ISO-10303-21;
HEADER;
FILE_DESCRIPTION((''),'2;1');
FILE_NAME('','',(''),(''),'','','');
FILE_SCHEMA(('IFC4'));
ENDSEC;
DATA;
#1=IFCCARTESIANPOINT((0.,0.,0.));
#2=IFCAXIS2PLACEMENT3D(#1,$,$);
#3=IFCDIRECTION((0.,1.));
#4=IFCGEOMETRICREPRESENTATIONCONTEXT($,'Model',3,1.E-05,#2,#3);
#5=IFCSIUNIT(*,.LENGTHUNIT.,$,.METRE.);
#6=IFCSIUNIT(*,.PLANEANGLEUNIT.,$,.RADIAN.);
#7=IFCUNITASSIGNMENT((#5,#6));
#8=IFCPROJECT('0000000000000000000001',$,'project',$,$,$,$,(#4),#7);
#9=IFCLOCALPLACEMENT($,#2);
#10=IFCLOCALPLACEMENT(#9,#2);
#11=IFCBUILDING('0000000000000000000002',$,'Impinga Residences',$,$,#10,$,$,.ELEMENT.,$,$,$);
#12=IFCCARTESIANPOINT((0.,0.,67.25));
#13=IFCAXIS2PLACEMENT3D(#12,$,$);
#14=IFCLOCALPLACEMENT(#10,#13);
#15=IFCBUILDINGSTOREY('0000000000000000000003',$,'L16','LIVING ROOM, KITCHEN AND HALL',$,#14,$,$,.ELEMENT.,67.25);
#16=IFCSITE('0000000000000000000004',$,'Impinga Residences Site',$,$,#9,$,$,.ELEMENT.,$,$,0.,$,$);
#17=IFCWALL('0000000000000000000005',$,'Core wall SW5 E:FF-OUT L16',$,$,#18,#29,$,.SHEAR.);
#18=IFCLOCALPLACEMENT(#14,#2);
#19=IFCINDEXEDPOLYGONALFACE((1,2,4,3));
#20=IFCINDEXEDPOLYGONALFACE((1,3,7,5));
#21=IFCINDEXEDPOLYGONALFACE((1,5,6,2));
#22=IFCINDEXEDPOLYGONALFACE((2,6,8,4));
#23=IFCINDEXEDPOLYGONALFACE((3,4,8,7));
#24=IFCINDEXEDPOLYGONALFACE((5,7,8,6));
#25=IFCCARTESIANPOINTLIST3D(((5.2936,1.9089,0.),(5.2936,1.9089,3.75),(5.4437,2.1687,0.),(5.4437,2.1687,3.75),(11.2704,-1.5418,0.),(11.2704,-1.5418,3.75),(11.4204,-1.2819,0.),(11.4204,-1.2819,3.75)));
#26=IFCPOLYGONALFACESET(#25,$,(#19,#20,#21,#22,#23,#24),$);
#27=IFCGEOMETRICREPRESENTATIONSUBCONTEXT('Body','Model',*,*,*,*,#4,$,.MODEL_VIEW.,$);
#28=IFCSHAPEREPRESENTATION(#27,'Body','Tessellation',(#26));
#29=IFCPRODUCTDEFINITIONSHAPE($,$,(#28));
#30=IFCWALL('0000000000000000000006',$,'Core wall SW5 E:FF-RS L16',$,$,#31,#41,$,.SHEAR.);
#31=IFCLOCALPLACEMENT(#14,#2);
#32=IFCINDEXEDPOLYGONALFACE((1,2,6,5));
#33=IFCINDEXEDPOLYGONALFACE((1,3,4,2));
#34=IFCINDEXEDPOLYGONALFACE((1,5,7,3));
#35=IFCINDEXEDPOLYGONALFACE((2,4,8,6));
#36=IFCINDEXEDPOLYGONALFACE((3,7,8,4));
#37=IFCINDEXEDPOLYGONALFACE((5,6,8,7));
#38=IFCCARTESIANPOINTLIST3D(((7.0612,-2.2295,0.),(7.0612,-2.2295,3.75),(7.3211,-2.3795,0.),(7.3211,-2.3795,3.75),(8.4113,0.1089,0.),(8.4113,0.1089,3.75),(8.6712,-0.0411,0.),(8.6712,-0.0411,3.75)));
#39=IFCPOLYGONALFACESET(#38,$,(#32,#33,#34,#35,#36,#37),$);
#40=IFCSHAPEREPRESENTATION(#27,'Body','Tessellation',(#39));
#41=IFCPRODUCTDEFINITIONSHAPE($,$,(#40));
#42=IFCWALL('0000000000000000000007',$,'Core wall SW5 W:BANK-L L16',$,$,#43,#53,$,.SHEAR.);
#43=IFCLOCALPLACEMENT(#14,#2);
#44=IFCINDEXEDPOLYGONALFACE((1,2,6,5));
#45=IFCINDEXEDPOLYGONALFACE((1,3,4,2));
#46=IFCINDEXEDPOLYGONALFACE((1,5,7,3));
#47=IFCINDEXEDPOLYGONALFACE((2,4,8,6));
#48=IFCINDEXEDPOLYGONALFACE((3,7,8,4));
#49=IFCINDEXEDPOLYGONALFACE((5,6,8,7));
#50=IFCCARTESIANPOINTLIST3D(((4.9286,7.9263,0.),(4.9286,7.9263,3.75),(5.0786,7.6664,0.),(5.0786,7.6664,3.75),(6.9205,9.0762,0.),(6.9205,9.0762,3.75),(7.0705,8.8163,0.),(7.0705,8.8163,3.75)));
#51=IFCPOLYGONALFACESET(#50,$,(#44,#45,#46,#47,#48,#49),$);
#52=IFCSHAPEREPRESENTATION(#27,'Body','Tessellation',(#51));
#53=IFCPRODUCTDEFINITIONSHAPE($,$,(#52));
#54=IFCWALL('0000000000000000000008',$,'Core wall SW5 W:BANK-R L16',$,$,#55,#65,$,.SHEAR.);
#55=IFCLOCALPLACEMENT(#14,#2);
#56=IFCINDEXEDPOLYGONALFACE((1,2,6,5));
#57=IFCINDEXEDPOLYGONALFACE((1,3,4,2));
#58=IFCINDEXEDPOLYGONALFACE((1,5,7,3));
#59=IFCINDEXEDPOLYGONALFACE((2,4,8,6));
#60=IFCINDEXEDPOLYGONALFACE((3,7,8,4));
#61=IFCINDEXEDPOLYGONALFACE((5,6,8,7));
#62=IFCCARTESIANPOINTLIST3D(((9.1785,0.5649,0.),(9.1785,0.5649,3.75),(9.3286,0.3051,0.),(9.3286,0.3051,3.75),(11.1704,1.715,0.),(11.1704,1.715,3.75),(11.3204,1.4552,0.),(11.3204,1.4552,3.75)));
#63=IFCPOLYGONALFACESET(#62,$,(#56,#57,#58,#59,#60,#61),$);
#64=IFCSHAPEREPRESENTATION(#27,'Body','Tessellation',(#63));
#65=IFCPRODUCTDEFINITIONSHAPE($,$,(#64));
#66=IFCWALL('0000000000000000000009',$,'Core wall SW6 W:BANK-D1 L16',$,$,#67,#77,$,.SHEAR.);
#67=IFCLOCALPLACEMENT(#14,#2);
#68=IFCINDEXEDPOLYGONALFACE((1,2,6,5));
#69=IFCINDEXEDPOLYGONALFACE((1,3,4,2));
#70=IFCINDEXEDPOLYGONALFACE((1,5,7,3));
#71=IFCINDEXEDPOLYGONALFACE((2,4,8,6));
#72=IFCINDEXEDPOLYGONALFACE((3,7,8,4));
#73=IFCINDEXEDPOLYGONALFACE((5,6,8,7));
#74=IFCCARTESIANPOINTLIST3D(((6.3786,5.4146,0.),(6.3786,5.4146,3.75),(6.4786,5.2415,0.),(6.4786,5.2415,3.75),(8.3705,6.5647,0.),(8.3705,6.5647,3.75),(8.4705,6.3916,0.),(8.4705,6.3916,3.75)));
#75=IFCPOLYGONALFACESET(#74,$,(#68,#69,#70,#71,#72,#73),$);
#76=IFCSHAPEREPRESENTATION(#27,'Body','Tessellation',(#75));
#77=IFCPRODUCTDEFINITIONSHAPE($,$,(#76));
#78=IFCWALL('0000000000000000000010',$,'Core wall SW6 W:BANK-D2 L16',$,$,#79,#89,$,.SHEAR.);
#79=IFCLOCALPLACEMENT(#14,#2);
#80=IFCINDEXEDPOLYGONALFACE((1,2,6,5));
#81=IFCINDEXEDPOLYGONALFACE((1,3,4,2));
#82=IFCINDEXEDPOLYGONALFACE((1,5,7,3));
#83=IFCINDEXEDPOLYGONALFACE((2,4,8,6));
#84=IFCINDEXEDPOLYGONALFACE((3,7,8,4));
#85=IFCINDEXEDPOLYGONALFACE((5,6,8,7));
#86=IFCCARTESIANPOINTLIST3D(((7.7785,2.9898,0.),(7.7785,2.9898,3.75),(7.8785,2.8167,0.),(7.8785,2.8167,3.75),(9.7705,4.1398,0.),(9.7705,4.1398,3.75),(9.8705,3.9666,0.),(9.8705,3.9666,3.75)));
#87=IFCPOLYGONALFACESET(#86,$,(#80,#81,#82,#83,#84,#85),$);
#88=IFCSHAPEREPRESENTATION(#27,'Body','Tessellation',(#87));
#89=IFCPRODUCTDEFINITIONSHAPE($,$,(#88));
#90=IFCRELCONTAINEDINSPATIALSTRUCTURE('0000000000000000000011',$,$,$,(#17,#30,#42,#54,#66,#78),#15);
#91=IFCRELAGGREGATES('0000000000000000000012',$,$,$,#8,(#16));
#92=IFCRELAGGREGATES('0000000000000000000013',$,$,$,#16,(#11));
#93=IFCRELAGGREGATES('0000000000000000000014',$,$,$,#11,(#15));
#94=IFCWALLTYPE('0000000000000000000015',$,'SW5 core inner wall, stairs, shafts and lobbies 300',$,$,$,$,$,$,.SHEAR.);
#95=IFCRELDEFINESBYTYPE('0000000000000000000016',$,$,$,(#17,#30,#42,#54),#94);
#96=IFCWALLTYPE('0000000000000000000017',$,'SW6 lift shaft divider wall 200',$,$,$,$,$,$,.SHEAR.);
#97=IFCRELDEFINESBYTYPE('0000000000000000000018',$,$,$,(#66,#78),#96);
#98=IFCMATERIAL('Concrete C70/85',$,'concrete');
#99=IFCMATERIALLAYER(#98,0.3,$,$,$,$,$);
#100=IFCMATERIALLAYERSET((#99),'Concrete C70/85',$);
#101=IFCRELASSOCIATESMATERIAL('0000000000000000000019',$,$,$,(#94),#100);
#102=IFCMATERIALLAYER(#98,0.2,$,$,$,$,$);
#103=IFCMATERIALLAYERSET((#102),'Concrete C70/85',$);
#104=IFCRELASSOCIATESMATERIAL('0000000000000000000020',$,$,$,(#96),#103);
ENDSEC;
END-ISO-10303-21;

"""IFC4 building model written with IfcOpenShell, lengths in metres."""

from ifc_helpers import new_model, si_unit, direction, frame, frame_2d, origin, place, context, subcontext, project, spatial, rectangle, extrude, material, layer, layer_set, type_object, element, save


model = new_model("IFC4")

# Units and contexts
model_context = context("Model", 3, precision=1e-05, world=origin(), true_north=direction((0.0, 1.0)))
body_context = subcontext(model_context, "Body", "Model", "MODEL_VIEW")
ifc_project = project(units=[si_unit("LENGTHUNIT", "METRE"), si_unit("PLANEANGLEUNIT", "RADIAN")], contexts=[model_context])

# Site, building, storey
site_placement = place(None, origin())
site = spatial("IfcSite", under=ifc_project, at=site_placement, Name="Impinga Residences Site", CompositionType="ELEMENT", RefElevation=0.0)
building_placement = place(site_placement, origin())
building = spatial("IfcBuilding", under=site, at=building_placement, Name="Impinga Residences", CompositionType="ELEMENT")
storey_placement = place(building_placement, frame((0.0, 0.0, 67.25)))
storey = spatial("IfcBuildingStorey", under=building, at=storey_placement, Name="L16", Description="LIVING ROOM, KITCHEN AND HALL", CompositionType="ELEMENT", Elevation=67.25)

# Shared definitions
ifc_material_1 = material(Name="Concrete C70/85", Category="concrete")

# Shared definitions
ifc_layer_1 = layer(ifc_material_1, 0.3)
ifc_layer_set_1 = layer_set([ifc_layer_1], Name="Concrete C70/85")
wall_type_1 = type_object("IfcWallType", Name="SW5 core inner wall, stairs, shafts and lobbies 300", PredefinedType="SHEAR", material=ifc_layer_set_1)

# Walls
wall_1_placement = place(storey_placement, frame((5.3687, 2.0388, 0.0), z_axis=(0.0, 0.0, 1.0), x_axis=(0.866027, -0.499997, 0.0)))
element("IfcWall", 1, at=wall_1_placement, inside=storey, type_object=wall_type_1, Name="Core wall SW5 E:FF-OUT L16", PredefinedType="SHEAR", context=body_context, shape_type="SweptSolid", body=[
    extrude(rectangle(XDim=6.9014, YDim=0.3, at=frame_2d((3.4507, 0.0))), origin(), (0.0, 0.0, 1.0), 3.75),
])
wall_2_placement = place(storey_placement, frame((8.5413, 0.0339, 0.0), z_axis=(0.0, 0.0, 1.0), x_axis=(-0.500009, -0.86602, 0.0)))
element("IfcWall", 2, at=wall_2_placement, inside=storey, type_object=wall_type_1, Name="Core wall SW5 E:FF-RS L16", PredefinedType="SHEAR", context=body_context, shape_type="SweptSolid", body=[
    extrude(rectangle(XDim=2.7002, YDim=0.3, at=frame_2d((1.3501, 0.0))), origin(), (0.0, 0.0, 1.0), 3.75),
])
for number, where, z_axis, x_axis, name in (
    (3, (5.0037, 7.7964, 0.0), (0.0, 0.0, 1.0), (0.866053, 0.499952, 0.0), "Core wall SW5 W:BANK-L L16"),
    (4, (9.2537, 0.4351, 0.0), (0.0, 0.0, 1.0), (0.866007, 0.500032, 0.0), "Core wall SW5 W:BANK-R L16"),
):
    element("IfcWall", number, at=place(storey_placement, frame(where, z_axis=z_axis, x_axis=x_axis)), inside=storey, type_object=wall_type_1, Name=name, PredefinedType="SHEAR", context=body_context, shape_type="SweptSolid", body=[
        extrude(rectangle(XDim=2.3, YDim=0.3, at=frame_2d((1.1499, 0.0))), origin(), (0.0, 0.0, 1.0), 3.75),
    ])
ifc_layer_2 = layer(ifc_material_1, 0.2)
ifc_layer_set_2 = layer_set([ifc_layer_2], Name="Concrete C70/85")
wall_type_2 = type_object("IfcWallType", Name="SW6 lift shaft divider wall 200", PredefinedType="SHEAR", material=ifc_layer_set_2)
for number, where, z_axis, x_axis, name in (
    (5, (6.4287, 5.3281, 0.0), (0.0, 0.0, 1.0), (0.866007, 0.500032, 0.0), "Core wall SW6 W:BANK-D1 L16"),
    (6, (7.8286, 2.9033, 0.0), (0.0, 0.0, 1.0), (0.866053, 0.499952, 0.0), "Core wall SW6 W:BANK-D2 L16"),
):
    element("IfcWall", number, at=place(storey_placement, frame(where, z_axis=z_axis, x_axis=x_axis)), inside=storey, type_object=wall_type_2, Name=name, PredefinedType="SHEAR", context=body_context, shape_type="SweptSolid", body=[
        extrude(rectangle(XDim=2.3, YDim=0.2, at=frame_2d((1.1499, 0.0))), origin(), (0.0, 0.0, 1.0), 3.75),
    ])

save(model, "model.ifc")
